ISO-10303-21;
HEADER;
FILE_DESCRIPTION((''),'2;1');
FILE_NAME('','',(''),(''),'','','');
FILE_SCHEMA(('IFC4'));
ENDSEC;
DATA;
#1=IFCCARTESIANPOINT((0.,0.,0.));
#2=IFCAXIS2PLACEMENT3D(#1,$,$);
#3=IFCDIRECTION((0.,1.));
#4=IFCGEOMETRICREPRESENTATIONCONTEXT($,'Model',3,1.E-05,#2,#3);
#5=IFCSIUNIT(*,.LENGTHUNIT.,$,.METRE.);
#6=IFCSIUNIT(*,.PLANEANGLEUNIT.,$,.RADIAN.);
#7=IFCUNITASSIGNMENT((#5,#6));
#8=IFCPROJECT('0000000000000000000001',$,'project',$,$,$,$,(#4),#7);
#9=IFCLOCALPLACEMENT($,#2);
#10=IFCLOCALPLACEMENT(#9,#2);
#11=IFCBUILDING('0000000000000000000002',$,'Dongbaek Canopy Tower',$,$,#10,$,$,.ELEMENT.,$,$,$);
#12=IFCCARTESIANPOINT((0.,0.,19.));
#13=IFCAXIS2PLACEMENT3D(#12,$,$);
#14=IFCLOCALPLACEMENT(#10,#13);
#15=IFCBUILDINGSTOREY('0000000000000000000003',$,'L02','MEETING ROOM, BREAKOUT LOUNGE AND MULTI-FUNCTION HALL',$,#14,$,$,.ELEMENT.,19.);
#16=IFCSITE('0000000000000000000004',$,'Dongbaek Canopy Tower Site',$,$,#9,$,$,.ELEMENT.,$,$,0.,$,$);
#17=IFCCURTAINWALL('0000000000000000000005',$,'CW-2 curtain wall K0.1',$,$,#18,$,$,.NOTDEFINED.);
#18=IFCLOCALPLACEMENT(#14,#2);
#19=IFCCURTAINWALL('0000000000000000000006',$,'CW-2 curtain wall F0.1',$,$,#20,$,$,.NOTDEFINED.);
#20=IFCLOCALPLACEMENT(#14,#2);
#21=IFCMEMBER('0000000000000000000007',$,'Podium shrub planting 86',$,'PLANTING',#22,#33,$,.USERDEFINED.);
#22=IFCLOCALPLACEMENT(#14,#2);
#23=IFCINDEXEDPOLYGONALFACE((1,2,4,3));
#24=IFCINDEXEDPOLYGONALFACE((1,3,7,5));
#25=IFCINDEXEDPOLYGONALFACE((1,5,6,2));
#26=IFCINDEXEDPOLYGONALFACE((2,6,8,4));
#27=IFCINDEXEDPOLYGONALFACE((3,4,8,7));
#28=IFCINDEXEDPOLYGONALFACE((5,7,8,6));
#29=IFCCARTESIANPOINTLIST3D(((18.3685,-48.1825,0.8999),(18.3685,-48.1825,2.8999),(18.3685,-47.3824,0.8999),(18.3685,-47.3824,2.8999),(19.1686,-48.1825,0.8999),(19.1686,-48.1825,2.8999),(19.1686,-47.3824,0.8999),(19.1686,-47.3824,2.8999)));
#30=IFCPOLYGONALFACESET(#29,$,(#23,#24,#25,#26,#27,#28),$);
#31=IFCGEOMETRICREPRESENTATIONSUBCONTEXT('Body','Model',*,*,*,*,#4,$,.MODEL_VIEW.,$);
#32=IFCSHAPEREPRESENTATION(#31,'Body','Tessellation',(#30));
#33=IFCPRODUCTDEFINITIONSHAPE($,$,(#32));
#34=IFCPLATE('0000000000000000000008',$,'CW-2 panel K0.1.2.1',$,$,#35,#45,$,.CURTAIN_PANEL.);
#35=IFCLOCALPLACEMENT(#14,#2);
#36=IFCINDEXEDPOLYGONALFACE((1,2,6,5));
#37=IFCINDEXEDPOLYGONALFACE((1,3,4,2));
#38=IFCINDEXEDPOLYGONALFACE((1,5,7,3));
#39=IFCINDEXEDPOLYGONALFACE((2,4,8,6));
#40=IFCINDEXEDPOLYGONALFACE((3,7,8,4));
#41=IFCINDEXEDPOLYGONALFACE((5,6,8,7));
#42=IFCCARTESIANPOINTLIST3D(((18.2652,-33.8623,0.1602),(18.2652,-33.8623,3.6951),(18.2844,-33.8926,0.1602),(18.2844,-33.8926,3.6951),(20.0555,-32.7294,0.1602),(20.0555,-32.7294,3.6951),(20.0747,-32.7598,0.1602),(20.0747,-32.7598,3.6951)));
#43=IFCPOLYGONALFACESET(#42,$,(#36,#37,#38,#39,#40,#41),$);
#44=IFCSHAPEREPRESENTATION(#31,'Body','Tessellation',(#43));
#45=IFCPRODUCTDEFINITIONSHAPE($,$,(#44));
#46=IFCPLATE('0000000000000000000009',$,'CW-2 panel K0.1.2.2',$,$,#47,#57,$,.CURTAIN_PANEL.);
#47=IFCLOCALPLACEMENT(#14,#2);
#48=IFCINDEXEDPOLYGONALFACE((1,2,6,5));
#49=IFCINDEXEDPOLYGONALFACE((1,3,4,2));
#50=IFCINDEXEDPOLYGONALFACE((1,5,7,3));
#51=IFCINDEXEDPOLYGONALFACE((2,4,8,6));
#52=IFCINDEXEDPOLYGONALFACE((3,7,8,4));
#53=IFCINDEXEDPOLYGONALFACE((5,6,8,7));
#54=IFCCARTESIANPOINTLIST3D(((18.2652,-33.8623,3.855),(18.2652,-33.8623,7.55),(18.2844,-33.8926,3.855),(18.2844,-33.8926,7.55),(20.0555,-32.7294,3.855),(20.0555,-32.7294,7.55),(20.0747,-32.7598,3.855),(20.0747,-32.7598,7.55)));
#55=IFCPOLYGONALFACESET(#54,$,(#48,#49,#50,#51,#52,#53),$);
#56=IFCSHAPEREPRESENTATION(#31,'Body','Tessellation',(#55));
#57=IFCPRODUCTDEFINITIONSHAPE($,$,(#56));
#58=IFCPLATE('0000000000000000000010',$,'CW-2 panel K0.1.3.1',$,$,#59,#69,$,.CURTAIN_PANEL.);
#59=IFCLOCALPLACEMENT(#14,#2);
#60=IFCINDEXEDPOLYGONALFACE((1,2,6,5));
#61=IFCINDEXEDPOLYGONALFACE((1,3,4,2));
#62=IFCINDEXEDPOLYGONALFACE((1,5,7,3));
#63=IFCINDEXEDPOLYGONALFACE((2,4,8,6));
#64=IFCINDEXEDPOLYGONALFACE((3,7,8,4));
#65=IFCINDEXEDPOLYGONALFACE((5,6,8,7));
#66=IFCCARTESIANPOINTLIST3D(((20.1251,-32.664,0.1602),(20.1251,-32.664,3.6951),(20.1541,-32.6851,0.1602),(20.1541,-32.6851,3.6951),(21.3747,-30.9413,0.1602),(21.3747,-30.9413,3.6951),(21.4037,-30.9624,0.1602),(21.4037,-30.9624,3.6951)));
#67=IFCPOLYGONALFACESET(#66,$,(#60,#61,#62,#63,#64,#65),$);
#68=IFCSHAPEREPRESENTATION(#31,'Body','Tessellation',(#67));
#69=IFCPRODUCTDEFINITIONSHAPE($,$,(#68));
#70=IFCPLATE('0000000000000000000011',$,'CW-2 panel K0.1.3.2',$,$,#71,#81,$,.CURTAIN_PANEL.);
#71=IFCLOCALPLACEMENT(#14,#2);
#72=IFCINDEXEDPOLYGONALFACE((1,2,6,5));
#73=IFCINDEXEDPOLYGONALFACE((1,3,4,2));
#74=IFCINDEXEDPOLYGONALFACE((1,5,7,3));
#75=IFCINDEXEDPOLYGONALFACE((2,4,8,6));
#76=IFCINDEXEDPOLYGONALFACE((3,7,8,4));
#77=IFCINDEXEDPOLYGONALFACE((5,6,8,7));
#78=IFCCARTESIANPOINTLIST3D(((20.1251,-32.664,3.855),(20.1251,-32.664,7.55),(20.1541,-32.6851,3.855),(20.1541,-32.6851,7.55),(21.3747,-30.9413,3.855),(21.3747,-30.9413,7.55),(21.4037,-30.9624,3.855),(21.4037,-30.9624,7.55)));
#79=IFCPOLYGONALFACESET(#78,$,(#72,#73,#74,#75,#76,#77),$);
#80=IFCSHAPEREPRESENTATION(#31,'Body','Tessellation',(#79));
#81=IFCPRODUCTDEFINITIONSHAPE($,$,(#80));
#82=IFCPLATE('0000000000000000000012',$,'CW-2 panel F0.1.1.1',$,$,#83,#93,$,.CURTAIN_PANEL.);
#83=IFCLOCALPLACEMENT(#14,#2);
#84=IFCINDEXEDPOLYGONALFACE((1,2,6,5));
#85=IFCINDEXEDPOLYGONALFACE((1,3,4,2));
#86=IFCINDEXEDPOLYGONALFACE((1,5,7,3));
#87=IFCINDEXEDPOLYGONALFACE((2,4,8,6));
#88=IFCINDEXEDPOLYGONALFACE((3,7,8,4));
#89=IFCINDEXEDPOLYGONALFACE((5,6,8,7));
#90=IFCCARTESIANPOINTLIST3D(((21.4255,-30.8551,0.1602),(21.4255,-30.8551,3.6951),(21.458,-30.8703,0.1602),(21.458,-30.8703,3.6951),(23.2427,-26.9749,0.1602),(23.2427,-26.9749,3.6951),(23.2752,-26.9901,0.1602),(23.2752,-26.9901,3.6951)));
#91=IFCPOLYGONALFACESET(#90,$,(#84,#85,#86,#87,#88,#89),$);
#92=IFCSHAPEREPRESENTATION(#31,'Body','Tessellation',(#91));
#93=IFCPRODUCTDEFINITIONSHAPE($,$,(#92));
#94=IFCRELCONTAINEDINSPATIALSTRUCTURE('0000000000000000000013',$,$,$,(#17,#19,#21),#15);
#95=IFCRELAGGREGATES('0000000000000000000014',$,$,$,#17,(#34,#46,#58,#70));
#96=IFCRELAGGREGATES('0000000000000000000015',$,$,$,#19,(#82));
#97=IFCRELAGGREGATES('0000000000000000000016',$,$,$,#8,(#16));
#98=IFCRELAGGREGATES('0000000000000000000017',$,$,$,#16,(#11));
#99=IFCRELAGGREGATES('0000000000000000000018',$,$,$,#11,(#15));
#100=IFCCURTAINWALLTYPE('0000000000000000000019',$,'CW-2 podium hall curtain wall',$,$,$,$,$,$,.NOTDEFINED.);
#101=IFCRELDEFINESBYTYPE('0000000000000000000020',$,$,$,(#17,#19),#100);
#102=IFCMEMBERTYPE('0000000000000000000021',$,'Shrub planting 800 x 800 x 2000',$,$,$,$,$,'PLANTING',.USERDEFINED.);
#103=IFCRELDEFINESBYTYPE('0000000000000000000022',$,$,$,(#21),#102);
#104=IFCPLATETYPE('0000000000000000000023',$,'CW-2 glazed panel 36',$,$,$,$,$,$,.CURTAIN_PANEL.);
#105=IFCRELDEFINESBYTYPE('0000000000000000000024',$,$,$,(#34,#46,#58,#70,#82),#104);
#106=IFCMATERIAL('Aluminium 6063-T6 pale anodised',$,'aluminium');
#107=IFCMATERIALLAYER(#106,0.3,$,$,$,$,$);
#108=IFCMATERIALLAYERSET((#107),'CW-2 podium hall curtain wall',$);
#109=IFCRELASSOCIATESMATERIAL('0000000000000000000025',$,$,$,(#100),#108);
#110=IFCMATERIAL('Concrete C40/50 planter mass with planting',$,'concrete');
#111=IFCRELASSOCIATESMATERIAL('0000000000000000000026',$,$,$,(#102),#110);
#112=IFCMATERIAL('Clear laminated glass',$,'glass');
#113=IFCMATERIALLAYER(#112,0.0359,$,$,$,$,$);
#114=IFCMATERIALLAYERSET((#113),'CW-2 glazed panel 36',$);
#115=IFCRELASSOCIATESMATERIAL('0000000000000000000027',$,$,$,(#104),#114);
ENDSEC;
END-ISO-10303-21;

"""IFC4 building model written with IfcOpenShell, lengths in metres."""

from ifc_helpers import new_model, si_unit, direction, frame, origin, origin_2d, place, context, subcontext, project, spatial, rectangle, extrude, material, layer, layer_set, material_profile, profile_set, type_object, element, aggregate, save


model = new_model("IFC4")

# Units and contexts
model_context = context("Model", 3, precision=1e-05, world=origin(), true_north=direction((0.0, 1.0)))
body_context = subcontext(model_context, "Body", "Model", "MODEL_VIEW")
ifc_project = project(units=[si_unit("LENGTHUNIT", "METRE"), si_unit("PLANEANGLEUNIT", "RADIAN")], contexts=[model_context])

# Site, building, storey
site_placement = place(None, origin())
site = spatial("IfcSite", under=ifc_project, at=site_placement, Name="Dongbaek Canopy Tower Site", CompositionType="ELEMENT", RefElevation=0.0)
building_placement = place(site_placement, origin())
building = spatial("IfcBuilding", under=site, at=building_placement, Name="Dongbaek Canopy Tower", CompositionType="ELEMENT")
storey_placement = place(building_placement, frame((0.0, 0.0, 19.0)))
storey = spatial("IfcBuildingStorey", under=building, at=storey_placement, Name="L02", Description="MEETING ROOM, BREAKOUT LOUNGE AND MULTI-FUNCTION HALL", CompositionType="ELEMENT", Elevation=19.0)

# Curtain walls
ifc_material_1 = material(Name="Aluminium 6063-T6 pale anodised", Category="aluminium")
ifc_layer_1 = layer(ifc_material_1, 0.3)
ifc_layer_set_1 = layer_set([ifc_layer_1], Name="CW-2 podium hall curtain wall")
curtain_wall_type = type_object("IfcCurtainWallType", Name="CW-2 podium hall curtain wall", PredefinedType="NOTDEFINED", material=ifc_layer_set_1)
curtain_wall_1_placement = place(storey_placement, origin())
curtain_wall_1 = element("IfcCurtainWall", 1, at=curtain_wall_1_placement, inside=storey, type_object=curtain_wall_type, Name="CW-2 curtain wall K0.1", PredefinedType="NOTDEFINED")
curtain_wall_2_placement = place(storey_placement, origin())
curtain_wall_2 = element("IfcCurtainWall", 2, at=curtain_wall_2_placement, inside=storey, type_object=curtain_wall_type, Name="CW-2 curtain wall F0.1", PredefinedType="NOTDEFINED")

# Member
ifc_material_2 = material(Name="Concrete C40/50 planter mass with planting", Category="concrete")
ifc_material_profile_1 = material_profile(ifc_material_2, rectangle(XDim=0.8, YDim=0.8, at=origin_2d()), Name="Shrub planting 800 x 800 x 2000")
ifc_profile_set_1 = profile_set([ifc_material_profile_1], Name="Concrete C40/50 planter mass with planting")
member_type_1 = type_object("IfcMemberType", Name="Shrub planting 800 x 800 x 2000", ElementType="PLANTING", PredefinedType="USERDEFINED", material=ifc_profile_set_1)
for number, where, z_axis, x_axis, name in (
    (3, (18.7686, -47.7825, 0.8999), (0.0, 0.0, 1.0), (1.0, 0.0, 0.0), "Podium shrub planting 86"),
):
    element("IfcMember", number, at=place(storey_placement, frame(where, z_axis=z_axis, x_axis=x_axis)), inside=storey, type_object=member_type_1, Name=name, ObjectType="PLANTING", PredefinedType="USERDEFINED", context=body_context, shape_type="SweptSolid", body=[
        extrude(rectangle(XDim=0.8, YDim=0.8, at=origin_2d()), origin(), (0.0, 0.0, 1.0), 2.0),
    ])

# Plates
ifc_material_3 = material(Name="Clear laminated glass", Category="glass")
ifc_layer_2 = layer(ifc_material_3, 0.0359)
ifc_layer_set_2 = layer_set([ifc_layer_2], Name="CW-2 glazed panel 36")
plate_type = type_object("IfcPlateType", Name="CW-2 glazed panel 36", PredefinedType="CURTAIN_PANEL", material=ifc_layer_set_2)
plate_1_placement = place(storey_placement, frame((19.1699, -33.311, 0.1602), z_axis=(0.0, 0.0, 1.0), x_axis=(0.845033, 0.534713, 0.0)))
plate_1 = element("IfcPlate", 4, at=plate_1_placement, type_object=plate_type, Name="CW-2 panel K0.1.2.1", PredefinedType="CURTAIN_PANEL", context=body_context, shape_type="SweptSolid", body=[
    extrude(rectangle(XDim=2.1187, YDim=0.0359, at=origin_2d()), origin(), (0.0, 0.0, 1.0), 3.5349),
])
plate_2_placement = place(storey_placement, frame((19.1699, -33.311, 3.855), z_axis=(0.0, 0.0, 1.0), x_axis=(0.845033, 0.534713, 0.0)))
plate_2 = element("IfcPlate", 5, at=plate_2_placement, type_object=plate_type, Name="CW-2 panel K0.1.2.2", PredefinedType="CURTAIN_PANEL", context=body_context, shape_type="SweptSolid", body=[
    extrude(rectangle(XDim=2.1187, YDim=0.0359, at=origin_2d()), origin(), (0.0, 0.0, 1.0), 3.6951),
])
plate_3_placement = place(storey_placement, frame((20.7644, -31.8132, 0.1602), z_axis=(0.0, 0.0, 1.0), x_axis=(0.587154, 0.809475, 0.0)))
plate_3 = element("IfcPlate", 6, at=plate_3_placement, type_object=plate_type, Name="CW-2 panel K0.1.3.1", PredefinedType="CURTAIN_PANEL", context=body_context, shape_type="SweptSolid", body=[
    extrude(rectangle(XDim=2.1282, YDim=0.0359, at=origin_2d()), origin(), (0.0, 0.0, 1.0), 3.5349),
])
plate_4_placement = place(storey_placement, frame((20.7644, -31.8132, 3.855), z_axis=(0.0, 0.0, 1.0), x_axis=(0.587154, 0.809475, 0.0)))
plate_4 = element("IfcPlate", 7, at=plate_4_placement, type_object=plate_type, Name="CW-2 panel K0.1.3.2", PredefinedType="CURTAIN_PANEL", context=body_context, shape_type="SweptSolid", body=[
    extrude(rectangle(XDim=2.1282, YDim=0.0359, at=origin_2d()), origin(), (0.0, 0.0, 1.0), 3.6951),
])
aggregate(curtain_wall_1, [plate_1, plate_2, plate_3, plate_4])
plate_5_placement = place(storey_placement, frame((22.3503, -28.9226, 0.1602), z_axis=(0.0, 0.0, 1.0), x_axis=(0.424123, 0.905605, 0.0)))
plate_5 = element("IfcPlate", 8, at=plate_5_placement, type_object=plate_type, Name="CW-2 panel F0.1.1.1", PredefinedType="CURTAIN_PANEL", context=body_context, shape_type="SweptSolid", body=[
    extrude(rectangle(XDim=4.2847, YDim=0.0359, at=origin_2d()), origin(), (0.0, 0.0, 1.0), 3.5349),
])
aggregate(curtain_wall_2, [plate_5])

save(model, "model.ifc")
